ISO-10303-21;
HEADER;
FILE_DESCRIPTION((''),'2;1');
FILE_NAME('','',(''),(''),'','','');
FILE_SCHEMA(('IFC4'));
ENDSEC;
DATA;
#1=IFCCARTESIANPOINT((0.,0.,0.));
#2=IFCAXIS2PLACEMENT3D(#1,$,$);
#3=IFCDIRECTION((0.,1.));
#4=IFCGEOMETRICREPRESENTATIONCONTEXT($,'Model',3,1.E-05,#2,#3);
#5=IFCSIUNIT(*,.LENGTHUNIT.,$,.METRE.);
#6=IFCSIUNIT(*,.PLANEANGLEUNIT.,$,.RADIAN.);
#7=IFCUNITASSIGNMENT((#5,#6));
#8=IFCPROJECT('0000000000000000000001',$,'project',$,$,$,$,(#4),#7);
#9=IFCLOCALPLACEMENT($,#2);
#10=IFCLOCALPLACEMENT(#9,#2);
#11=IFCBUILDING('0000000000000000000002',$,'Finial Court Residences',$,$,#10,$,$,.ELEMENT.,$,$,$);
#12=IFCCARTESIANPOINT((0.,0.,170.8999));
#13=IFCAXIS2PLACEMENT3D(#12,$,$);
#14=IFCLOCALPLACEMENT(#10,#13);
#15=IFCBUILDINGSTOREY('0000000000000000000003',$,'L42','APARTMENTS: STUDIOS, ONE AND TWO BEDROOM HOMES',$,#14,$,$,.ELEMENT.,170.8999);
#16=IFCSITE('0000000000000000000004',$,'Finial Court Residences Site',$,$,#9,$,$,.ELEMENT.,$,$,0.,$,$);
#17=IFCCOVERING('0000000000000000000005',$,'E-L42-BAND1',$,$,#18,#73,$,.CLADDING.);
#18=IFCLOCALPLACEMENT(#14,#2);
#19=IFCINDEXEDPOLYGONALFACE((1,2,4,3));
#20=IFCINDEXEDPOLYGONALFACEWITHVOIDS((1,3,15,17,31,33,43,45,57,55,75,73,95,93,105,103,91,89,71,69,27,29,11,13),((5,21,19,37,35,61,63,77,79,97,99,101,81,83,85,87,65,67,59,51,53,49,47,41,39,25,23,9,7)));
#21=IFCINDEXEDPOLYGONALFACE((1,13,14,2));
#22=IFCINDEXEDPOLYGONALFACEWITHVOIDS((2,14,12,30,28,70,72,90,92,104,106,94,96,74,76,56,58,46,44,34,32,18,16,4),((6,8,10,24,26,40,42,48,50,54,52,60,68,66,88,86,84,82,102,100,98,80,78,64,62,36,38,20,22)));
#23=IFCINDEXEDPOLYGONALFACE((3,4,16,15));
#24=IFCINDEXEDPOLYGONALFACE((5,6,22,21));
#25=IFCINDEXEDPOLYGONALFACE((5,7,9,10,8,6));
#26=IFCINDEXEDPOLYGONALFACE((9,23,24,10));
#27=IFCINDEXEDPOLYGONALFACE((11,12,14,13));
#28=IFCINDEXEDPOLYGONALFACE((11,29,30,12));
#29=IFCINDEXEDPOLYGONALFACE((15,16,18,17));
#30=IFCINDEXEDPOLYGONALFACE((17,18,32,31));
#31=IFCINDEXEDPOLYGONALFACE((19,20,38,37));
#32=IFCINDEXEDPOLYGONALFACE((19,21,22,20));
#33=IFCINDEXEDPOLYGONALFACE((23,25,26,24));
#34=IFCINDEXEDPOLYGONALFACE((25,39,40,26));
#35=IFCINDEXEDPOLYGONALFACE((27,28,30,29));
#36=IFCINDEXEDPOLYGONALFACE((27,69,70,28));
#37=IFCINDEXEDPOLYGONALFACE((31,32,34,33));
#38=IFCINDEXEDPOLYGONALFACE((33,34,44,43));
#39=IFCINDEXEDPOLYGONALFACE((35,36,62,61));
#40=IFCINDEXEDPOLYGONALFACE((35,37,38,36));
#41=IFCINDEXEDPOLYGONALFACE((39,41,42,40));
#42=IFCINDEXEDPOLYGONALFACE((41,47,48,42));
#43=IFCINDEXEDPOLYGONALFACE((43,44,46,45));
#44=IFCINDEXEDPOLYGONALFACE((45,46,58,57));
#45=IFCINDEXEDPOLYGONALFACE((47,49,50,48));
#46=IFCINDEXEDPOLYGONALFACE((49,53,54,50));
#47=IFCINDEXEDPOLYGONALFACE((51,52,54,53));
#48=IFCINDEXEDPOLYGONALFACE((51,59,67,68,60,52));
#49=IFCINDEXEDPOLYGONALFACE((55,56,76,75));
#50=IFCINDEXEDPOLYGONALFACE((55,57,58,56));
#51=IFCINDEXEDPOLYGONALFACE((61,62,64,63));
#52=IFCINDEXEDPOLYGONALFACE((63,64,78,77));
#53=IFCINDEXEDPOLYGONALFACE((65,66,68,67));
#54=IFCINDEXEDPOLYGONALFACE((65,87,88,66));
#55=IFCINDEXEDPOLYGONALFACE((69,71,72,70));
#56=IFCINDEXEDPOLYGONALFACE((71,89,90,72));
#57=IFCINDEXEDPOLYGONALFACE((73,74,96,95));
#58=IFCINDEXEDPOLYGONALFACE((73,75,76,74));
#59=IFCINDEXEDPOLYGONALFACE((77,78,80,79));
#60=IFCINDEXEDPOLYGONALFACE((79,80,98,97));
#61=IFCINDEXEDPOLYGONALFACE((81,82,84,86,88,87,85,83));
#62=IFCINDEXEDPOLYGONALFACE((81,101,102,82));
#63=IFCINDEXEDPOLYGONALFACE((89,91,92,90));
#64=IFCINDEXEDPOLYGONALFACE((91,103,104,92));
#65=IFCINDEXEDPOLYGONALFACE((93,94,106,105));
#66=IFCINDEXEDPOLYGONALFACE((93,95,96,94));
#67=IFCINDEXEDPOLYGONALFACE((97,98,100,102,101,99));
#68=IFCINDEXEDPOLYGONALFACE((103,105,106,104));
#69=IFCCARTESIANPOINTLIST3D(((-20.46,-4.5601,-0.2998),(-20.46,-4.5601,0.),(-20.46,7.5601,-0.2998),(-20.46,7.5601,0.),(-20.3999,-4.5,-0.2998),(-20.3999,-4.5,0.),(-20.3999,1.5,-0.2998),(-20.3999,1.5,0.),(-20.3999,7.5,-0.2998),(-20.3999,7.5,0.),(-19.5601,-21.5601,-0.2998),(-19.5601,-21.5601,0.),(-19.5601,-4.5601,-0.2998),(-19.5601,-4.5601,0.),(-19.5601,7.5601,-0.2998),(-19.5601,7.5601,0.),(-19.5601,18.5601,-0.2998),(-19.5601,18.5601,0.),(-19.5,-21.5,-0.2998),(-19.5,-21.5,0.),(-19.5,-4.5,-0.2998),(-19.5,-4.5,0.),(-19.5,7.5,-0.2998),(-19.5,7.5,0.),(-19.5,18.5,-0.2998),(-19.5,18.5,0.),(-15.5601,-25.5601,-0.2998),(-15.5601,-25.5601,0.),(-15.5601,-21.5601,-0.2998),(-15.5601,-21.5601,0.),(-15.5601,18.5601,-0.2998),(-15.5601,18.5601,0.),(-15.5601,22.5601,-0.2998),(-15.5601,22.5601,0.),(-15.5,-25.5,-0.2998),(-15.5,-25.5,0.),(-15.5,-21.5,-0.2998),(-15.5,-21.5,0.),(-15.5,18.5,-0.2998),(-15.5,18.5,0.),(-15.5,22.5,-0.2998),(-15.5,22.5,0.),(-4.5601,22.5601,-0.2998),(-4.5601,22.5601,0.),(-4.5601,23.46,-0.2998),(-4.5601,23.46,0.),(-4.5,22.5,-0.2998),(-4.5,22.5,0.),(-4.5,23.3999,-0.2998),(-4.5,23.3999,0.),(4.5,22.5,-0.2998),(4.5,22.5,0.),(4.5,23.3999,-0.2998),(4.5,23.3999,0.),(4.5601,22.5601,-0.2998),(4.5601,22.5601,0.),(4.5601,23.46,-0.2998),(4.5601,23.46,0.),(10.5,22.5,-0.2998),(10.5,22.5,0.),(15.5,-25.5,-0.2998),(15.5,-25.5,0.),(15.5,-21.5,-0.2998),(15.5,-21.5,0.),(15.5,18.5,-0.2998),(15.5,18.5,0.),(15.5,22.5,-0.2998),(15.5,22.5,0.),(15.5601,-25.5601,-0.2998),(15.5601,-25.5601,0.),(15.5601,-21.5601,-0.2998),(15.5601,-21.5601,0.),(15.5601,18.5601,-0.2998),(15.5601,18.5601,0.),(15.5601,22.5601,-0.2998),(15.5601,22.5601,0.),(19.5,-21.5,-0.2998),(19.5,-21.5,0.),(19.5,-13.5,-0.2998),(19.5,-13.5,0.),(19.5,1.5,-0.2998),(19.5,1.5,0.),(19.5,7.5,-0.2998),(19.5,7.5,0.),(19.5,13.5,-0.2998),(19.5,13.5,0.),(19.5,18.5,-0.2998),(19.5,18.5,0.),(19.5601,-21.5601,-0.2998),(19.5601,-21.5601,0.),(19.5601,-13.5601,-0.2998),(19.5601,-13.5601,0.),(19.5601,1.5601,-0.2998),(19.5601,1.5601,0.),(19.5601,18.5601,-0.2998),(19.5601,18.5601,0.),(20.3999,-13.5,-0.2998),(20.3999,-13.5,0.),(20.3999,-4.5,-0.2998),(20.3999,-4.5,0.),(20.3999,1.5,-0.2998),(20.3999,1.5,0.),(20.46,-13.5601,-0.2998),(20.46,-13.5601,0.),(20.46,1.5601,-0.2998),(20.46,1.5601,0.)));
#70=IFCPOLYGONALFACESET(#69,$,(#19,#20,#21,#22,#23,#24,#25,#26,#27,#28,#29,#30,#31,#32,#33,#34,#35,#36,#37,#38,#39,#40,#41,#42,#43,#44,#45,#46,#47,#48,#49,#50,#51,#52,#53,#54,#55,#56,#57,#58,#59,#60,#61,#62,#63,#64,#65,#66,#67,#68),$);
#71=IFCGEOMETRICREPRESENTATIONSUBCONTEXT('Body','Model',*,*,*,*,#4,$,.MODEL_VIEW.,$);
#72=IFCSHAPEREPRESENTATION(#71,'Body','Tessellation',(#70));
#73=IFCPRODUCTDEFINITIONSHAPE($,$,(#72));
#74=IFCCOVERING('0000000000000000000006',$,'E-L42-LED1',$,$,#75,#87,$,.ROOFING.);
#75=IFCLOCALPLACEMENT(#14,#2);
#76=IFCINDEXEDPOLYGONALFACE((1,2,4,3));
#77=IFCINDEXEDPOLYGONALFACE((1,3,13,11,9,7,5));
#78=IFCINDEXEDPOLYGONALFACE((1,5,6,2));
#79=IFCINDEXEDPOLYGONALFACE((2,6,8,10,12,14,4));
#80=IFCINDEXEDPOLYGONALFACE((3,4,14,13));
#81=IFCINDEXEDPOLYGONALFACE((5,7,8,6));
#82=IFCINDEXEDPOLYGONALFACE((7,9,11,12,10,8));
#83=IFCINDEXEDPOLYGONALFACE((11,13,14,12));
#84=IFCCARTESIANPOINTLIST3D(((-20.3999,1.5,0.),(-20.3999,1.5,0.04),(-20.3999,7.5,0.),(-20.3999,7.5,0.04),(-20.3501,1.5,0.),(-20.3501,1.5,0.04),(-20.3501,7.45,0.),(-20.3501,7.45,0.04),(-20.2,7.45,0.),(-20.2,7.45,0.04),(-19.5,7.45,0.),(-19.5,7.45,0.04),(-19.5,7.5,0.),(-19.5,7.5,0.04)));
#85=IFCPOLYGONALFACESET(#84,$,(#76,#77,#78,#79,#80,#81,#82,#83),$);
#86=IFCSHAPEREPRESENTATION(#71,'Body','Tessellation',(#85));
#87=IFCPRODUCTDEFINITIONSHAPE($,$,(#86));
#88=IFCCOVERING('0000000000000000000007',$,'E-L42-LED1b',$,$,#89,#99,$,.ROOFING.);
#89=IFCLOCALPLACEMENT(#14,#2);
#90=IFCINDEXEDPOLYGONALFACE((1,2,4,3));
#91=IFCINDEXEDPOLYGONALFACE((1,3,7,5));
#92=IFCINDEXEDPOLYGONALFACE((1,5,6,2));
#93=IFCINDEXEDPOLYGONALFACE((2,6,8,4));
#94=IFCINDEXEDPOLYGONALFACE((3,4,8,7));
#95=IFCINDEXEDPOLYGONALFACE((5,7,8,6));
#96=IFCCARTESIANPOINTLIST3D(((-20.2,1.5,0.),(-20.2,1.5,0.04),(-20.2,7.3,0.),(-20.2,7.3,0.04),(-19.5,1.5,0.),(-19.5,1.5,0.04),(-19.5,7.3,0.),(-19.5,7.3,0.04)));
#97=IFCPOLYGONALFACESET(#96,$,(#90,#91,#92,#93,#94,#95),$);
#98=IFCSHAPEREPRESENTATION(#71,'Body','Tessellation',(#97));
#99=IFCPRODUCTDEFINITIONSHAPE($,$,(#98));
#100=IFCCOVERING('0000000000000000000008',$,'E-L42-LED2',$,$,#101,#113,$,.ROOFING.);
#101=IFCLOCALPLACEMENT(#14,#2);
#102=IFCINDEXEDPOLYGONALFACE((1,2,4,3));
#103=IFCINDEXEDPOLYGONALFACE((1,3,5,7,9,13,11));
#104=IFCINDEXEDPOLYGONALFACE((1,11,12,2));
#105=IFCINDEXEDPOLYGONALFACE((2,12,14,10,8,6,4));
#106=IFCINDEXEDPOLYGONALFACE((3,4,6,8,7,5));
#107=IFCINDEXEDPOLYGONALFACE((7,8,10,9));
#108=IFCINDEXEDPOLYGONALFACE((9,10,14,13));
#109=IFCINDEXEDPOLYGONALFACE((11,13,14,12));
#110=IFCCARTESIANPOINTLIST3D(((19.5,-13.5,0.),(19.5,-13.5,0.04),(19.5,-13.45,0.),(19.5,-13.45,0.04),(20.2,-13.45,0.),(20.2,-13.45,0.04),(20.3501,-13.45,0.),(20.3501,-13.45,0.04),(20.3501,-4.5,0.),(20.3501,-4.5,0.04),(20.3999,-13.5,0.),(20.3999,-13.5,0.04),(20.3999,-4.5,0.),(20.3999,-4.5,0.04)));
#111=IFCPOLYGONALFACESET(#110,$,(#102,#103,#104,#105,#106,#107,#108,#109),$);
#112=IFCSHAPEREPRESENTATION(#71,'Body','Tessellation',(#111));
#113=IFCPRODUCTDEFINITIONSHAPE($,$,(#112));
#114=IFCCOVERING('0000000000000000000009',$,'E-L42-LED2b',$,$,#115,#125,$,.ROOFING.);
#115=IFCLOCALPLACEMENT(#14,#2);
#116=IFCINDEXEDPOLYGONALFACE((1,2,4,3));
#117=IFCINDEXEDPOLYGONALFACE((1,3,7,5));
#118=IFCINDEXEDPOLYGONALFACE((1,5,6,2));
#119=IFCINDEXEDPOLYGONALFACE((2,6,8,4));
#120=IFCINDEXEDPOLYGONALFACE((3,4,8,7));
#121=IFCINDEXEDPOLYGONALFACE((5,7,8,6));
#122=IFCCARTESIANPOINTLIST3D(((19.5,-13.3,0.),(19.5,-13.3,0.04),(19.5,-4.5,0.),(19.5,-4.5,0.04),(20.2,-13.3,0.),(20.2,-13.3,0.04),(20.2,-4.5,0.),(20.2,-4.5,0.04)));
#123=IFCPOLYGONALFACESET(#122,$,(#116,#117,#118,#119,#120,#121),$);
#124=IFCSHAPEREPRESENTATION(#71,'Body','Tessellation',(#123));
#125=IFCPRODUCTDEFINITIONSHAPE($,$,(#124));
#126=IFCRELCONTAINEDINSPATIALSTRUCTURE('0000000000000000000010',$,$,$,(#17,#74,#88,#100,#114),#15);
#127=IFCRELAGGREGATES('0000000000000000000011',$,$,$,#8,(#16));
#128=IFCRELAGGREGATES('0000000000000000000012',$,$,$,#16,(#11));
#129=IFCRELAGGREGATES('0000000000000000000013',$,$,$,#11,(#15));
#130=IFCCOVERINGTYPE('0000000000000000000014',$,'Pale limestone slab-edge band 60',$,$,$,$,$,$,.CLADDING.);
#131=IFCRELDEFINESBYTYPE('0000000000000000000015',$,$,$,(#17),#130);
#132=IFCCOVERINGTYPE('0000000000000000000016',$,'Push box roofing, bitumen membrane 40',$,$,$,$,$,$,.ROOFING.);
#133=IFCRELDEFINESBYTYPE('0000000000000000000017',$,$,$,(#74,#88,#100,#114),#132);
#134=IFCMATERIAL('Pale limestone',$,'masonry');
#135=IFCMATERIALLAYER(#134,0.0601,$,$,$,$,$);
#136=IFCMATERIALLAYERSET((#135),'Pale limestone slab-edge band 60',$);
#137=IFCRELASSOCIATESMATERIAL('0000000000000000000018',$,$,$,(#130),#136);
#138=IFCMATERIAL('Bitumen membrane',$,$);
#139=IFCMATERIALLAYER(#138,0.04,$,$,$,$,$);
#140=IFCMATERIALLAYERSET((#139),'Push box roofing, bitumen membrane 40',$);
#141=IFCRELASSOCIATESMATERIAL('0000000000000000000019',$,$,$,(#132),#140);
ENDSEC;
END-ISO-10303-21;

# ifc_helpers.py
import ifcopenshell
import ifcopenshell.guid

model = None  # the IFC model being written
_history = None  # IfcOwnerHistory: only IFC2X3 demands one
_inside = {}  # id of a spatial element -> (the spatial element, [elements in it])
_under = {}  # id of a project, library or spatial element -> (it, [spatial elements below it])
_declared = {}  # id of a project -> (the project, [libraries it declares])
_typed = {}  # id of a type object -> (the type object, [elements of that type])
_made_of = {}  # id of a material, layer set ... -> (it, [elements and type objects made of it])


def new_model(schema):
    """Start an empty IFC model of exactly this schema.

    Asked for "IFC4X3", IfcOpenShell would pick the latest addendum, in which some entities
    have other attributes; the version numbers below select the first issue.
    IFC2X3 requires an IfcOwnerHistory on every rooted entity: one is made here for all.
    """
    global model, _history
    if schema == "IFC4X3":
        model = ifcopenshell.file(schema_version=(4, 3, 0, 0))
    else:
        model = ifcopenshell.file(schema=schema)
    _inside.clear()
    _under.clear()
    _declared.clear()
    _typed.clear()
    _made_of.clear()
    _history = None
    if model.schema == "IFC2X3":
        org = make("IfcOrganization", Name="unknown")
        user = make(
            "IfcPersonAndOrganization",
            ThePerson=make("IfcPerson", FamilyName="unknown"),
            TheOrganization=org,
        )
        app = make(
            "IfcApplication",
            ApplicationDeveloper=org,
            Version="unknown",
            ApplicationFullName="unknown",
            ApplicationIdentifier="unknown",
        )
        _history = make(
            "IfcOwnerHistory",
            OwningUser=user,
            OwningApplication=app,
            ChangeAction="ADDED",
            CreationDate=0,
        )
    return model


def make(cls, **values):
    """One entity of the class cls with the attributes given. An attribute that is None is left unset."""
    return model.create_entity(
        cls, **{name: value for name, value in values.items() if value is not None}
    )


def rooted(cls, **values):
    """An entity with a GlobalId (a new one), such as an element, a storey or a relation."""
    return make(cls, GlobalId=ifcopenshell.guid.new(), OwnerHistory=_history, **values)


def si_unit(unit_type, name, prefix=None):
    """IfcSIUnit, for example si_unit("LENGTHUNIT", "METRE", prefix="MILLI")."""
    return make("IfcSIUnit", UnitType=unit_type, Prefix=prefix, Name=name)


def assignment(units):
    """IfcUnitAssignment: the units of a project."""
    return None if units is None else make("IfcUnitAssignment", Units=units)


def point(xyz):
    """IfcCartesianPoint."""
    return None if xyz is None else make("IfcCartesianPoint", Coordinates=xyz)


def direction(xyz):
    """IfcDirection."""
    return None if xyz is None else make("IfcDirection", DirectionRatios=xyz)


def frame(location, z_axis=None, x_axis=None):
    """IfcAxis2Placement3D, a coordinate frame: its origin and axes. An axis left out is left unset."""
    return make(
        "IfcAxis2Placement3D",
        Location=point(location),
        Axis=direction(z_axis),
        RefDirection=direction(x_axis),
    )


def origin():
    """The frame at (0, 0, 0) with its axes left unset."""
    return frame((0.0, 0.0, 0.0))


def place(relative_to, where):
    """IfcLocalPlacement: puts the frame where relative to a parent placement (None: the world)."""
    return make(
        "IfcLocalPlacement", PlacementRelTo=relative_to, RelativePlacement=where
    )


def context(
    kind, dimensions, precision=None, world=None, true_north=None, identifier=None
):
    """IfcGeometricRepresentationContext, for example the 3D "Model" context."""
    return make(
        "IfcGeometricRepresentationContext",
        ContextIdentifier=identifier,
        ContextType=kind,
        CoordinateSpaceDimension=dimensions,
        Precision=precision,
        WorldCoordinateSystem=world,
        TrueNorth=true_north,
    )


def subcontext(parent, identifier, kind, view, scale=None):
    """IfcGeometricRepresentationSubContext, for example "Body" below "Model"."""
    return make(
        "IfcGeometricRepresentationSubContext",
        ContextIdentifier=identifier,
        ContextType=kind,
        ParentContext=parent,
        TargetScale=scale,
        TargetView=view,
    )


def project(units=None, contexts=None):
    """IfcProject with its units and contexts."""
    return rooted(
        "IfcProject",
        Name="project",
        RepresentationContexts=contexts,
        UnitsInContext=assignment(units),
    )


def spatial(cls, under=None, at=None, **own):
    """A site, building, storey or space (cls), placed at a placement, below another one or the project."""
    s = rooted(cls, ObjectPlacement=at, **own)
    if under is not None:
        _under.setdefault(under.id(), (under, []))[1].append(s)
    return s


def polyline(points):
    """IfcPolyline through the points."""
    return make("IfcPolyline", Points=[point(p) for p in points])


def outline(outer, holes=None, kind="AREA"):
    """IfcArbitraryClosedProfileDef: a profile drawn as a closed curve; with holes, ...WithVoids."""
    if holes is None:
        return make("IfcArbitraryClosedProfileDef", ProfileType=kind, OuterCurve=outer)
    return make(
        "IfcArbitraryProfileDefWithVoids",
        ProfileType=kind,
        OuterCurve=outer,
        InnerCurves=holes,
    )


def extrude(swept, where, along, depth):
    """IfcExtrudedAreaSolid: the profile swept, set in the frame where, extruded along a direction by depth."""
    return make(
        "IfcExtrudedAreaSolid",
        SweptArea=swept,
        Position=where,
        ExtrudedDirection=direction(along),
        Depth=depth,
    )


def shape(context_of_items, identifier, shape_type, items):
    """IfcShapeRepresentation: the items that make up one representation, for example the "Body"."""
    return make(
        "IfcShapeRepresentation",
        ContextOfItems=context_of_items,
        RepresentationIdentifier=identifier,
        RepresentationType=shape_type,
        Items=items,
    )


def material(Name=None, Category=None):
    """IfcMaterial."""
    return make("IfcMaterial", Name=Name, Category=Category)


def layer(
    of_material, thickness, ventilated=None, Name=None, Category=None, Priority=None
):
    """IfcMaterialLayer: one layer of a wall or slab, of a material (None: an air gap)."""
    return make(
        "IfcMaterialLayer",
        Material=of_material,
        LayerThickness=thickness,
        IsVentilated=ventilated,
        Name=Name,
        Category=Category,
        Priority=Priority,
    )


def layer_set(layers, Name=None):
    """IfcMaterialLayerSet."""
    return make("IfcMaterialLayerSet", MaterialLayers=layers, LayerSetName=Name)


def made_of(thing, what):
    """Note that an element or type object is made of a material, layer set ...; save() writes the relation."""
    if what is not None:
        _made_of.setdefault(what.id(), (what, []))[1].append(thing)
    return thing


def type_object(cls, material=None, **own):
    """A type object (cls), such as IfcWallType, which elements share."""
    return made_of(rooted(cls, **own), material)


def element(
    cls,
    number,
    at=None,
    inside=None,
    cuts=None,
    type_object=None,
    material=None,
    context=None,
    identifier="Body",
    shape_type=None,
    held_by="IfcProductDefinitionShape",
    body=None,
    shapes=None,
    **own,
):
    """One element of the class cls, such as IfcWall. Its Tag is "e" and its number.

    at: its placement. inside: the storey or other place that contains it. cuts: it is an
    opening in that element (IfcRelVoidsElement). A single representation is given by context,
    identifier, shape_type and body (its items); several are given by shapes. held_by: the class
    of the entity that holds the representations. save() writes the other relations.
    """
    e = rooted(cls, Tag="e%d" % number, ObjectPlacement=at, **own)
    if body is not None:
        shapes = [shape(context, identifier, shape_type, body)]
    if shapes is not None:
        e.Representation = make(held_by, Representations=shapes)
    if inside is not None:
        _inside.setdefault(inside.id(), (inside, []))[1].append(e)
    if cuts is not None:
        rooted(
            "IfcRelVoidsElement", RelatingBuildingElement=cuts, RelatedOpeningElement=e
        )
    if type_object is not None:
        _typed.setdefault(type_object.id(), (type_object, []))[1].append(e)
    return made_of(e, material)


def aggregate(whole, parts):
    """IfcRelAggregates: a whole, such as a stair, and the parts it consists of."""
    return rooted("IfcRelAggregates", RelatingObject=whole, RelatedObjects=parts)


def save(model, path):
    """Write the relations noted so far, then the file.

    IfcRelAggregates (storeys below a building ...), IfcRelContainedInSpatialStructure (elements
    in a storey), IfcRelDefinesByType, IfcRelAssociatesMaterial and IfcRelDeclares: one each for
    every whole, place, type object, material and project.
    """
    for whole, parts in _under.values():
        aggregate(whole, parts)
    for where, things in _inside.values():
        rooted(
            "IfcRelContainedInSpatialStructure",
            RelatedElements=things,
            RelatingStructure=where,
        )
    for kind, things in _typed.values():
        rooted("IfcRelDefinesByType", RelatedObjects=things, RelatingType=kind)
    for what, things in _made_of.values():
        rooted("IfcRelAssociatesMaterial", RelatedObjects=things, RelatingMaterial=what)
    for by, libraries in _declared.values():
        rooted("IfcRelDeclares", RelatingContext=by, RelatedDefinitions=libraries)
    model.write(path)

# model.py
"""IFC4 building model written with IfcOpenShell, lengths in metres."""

from ifc_helpers import new_model, si_unit, direction, frame, origin, place, context, subcontext, project, spatial, polyline, outline, extrude, material, layer, layer_set, type_object, element, save


model = new_model("IFC4")

# Units and contexts
model_context = context("Model", 3, precision=1e-05, world=origin(), true_north=direction((0.0, 1.0)))
body_context = subcontext(model_context, "Body", "Model", "MODEL_VIEW")
ifc_project = project(units=[si_unit("LENGTHUNIT", "METRE"), si_unit("PLANEANGLEUNIT", "RADIAN")], contexts=[model_context])

# Site, building, storey
site_placement = place(None, origin())
site = spatial("IfcSite", under=ifc_project, at=site_placement, Name="Finial Court Residences Site", CompositionType="ELEMENT", RefElevation=0.0)
building_placement = place(site_placement, origin())
building = spatial("IfcBuilding", under=site, at=building_placement, Name="Finial Court Residences", CompositionType="ELEMENT")
storey_placement = place(building_placement, frame((0.0, 0.0, 170.8999)))
storey = spatial("IfcBuildingStorey", under=building, at=storey_placement, Name="L42", Description="APARTMENTS: STUDIOS, ONE AND TWO BEDROOM HOMES", CompositionType="ELEMENT", Elevation=170.8999)

# Coverings
ifc_material_1 = material(Name="Pale limestone", Category="masonry")
ifc_layer_1 = layer(ifc_material_1, 0.0601)
ifc_layer_set_1 = layer_set([ifc_layer_1], Name="Pale limestone slab-edge band 60")
covering_type_1 = type_object("IfcCoveringType", Name="Pale limestone slab-edge band 60", PredefinedType="CLADDING", material=ifc_layer_set_1)
covering_1_placement = place(storey_placement, frame((0.0, 0.0, -0.2998)))
element("IfcCovering", 1, at=covering_1_placement, inside=storey, type_object=covering_type_1, Name="E-L42-BAND1", PredefinedType="CLADDING", context=body_context, shape_type="SweptSolid", body=[
    extrude(outline(polyline([(15.5601, -21.5601), (15.5601, -25.5601), (-15.5601, -25.5601), (-15.5601, -21.5601), (-19.5601, -21.5601), (-19.5601, -4.5601), (-20.46, -4.5601), (-20.46, 7.5601), (-19.5601, 7.5601), (-19.5601, 18.5601), (-15.5601, 18.5601), (-15.5601, 22.5601), (-4.5601, 22.5601), (-4.5601, 23.46), (4.5601, 23.46), (4.5601, 22.5601), (15.5601, 22.5601), (15.5601, 18.5601), (19.5601, 18.5601), (19.5601, 1.5601), (20.46, 1.5601), (20.46, -13.5601), (19.5601, -13.5601), (19.5601, -21.5601), (15.5601, -21.5601)]), holes=[polyline([(19.5, -13.5), (20.3999, -13.5), (20.3999, -4.5), (20.3999, 1.5), (19.5, 1.5), (19.5, 7.5), (19.5, 13.5), (19.5, 18.5), (15.5, 18.5), (15.5, 22.5), (10.5, 22.5), (4.5, 22.5), (4.5, 23.3999), (-4.5, 23.3999), (-4.5, 22.5), (-15.5, 22.5), (-15.5, 18.5), (-19.5, 18.5), (-19.5, 7.5), (-20.3999, 7.5), (-20.3999, 1.5), (-20.3999, -4.5), (-19.5, -4.5), (-19.5, -21.5), (-15.5, -21.5), (-15.5, -25.5), (15.5, -25.5), (15.5, -21.5), (19.5, -21.5), (19.5, -13.5)])]), origin(), (0.0, 0.0, 1.0), 0.2998),
])
ifc_material_2 = material(Name="Bitumen membrane")
ifc_layer_2 = layer(ifc_material_2, 0.04)
ifc_layer_set_2 = layer_set([ifc_layer_2], Name="Push box roofing, bitumen membrane 40")
covering_type_2 = type_object("IfcCoveringType", Name="Push box roofing, bitumen membrane 40", PredefinedType="ROOFING", material=ifc_layer_set_2)
covering_2_placement = place(storey_placement, origin())
element("IfcCovering", 2, at=covering_2_placement, inside=storey, type_object=covering_type_2, Name="E-L42-LED1", PredefinedType="ROOFING", context=body_context, shape_type="SweptSolid", body=[
    extrude(outline(polyline([(-19.5, 7.45), (-20.2, 7.45), (-20.3501, 7.45), (-20.3501, 1.5), (-20.3999, 1.5), (-20.3999, 7.5), (-19.5, 7.5), (-19.5, 7.45)])), origin(), (0.0, 0.0, 1.0), 0.04),
])
covering_3_placement = place(storey_placement, origin())
element("IfcCovering", 3, at=covering_3_placement, inside=storey, type_object=covering_type_2, Name="E-L42-LED1b", PredefinedType="ROOFING", context=body_context, shape_type="SweptSolid", body=[
    extrude(outline(polyline([(-19.5, 1.5), (-20.2, 1.5), (-20.2, 7.3), (-19.5, 7.3), (-19.5, 1.5)])), origin(), (0.0, 0.0, 1.0), 0.04),
])
covering_4_placement = place(storey_placement, origin())
element("IfcCovering", 4, at=covering_4_placement, inside=storey, type_object=covering_type_2, Name="E-L42-LED2", PredefinedType="ROOFING", context=body_context, shape_type="SweptSolid", body=[
    extrude(outline(polyline([(19.5, -13.45), (20.2, -13.45), (20.3501, -13.45), (20.3501, -4.5), (20.3999, -4.5), (20.3999, -13.5), (19.5, -13.5), (19.5, -13.45)])), origin(), (0.0, 0.0, 1.0), 0.04),
])
covering_5_placement = place(storey_placement, origin())
element("IfcCovering", 5, at=covering_5_placement, inside=storey, type_object=covering_type_2, Name="E-L42-LED2b", PredefinedType="ROOFING", context=body_context, shape_type="SweptSolid", body=[
    extrude(outline(polyline([(19.5, -4.5), (20.2, -4.5), (20.2, -13.3), (19.5, -13.3), (19.5, -4.5)])), origin(), (0.0, 0.0, 1.0), 0.04),
])

save(model, "model.ifc")
